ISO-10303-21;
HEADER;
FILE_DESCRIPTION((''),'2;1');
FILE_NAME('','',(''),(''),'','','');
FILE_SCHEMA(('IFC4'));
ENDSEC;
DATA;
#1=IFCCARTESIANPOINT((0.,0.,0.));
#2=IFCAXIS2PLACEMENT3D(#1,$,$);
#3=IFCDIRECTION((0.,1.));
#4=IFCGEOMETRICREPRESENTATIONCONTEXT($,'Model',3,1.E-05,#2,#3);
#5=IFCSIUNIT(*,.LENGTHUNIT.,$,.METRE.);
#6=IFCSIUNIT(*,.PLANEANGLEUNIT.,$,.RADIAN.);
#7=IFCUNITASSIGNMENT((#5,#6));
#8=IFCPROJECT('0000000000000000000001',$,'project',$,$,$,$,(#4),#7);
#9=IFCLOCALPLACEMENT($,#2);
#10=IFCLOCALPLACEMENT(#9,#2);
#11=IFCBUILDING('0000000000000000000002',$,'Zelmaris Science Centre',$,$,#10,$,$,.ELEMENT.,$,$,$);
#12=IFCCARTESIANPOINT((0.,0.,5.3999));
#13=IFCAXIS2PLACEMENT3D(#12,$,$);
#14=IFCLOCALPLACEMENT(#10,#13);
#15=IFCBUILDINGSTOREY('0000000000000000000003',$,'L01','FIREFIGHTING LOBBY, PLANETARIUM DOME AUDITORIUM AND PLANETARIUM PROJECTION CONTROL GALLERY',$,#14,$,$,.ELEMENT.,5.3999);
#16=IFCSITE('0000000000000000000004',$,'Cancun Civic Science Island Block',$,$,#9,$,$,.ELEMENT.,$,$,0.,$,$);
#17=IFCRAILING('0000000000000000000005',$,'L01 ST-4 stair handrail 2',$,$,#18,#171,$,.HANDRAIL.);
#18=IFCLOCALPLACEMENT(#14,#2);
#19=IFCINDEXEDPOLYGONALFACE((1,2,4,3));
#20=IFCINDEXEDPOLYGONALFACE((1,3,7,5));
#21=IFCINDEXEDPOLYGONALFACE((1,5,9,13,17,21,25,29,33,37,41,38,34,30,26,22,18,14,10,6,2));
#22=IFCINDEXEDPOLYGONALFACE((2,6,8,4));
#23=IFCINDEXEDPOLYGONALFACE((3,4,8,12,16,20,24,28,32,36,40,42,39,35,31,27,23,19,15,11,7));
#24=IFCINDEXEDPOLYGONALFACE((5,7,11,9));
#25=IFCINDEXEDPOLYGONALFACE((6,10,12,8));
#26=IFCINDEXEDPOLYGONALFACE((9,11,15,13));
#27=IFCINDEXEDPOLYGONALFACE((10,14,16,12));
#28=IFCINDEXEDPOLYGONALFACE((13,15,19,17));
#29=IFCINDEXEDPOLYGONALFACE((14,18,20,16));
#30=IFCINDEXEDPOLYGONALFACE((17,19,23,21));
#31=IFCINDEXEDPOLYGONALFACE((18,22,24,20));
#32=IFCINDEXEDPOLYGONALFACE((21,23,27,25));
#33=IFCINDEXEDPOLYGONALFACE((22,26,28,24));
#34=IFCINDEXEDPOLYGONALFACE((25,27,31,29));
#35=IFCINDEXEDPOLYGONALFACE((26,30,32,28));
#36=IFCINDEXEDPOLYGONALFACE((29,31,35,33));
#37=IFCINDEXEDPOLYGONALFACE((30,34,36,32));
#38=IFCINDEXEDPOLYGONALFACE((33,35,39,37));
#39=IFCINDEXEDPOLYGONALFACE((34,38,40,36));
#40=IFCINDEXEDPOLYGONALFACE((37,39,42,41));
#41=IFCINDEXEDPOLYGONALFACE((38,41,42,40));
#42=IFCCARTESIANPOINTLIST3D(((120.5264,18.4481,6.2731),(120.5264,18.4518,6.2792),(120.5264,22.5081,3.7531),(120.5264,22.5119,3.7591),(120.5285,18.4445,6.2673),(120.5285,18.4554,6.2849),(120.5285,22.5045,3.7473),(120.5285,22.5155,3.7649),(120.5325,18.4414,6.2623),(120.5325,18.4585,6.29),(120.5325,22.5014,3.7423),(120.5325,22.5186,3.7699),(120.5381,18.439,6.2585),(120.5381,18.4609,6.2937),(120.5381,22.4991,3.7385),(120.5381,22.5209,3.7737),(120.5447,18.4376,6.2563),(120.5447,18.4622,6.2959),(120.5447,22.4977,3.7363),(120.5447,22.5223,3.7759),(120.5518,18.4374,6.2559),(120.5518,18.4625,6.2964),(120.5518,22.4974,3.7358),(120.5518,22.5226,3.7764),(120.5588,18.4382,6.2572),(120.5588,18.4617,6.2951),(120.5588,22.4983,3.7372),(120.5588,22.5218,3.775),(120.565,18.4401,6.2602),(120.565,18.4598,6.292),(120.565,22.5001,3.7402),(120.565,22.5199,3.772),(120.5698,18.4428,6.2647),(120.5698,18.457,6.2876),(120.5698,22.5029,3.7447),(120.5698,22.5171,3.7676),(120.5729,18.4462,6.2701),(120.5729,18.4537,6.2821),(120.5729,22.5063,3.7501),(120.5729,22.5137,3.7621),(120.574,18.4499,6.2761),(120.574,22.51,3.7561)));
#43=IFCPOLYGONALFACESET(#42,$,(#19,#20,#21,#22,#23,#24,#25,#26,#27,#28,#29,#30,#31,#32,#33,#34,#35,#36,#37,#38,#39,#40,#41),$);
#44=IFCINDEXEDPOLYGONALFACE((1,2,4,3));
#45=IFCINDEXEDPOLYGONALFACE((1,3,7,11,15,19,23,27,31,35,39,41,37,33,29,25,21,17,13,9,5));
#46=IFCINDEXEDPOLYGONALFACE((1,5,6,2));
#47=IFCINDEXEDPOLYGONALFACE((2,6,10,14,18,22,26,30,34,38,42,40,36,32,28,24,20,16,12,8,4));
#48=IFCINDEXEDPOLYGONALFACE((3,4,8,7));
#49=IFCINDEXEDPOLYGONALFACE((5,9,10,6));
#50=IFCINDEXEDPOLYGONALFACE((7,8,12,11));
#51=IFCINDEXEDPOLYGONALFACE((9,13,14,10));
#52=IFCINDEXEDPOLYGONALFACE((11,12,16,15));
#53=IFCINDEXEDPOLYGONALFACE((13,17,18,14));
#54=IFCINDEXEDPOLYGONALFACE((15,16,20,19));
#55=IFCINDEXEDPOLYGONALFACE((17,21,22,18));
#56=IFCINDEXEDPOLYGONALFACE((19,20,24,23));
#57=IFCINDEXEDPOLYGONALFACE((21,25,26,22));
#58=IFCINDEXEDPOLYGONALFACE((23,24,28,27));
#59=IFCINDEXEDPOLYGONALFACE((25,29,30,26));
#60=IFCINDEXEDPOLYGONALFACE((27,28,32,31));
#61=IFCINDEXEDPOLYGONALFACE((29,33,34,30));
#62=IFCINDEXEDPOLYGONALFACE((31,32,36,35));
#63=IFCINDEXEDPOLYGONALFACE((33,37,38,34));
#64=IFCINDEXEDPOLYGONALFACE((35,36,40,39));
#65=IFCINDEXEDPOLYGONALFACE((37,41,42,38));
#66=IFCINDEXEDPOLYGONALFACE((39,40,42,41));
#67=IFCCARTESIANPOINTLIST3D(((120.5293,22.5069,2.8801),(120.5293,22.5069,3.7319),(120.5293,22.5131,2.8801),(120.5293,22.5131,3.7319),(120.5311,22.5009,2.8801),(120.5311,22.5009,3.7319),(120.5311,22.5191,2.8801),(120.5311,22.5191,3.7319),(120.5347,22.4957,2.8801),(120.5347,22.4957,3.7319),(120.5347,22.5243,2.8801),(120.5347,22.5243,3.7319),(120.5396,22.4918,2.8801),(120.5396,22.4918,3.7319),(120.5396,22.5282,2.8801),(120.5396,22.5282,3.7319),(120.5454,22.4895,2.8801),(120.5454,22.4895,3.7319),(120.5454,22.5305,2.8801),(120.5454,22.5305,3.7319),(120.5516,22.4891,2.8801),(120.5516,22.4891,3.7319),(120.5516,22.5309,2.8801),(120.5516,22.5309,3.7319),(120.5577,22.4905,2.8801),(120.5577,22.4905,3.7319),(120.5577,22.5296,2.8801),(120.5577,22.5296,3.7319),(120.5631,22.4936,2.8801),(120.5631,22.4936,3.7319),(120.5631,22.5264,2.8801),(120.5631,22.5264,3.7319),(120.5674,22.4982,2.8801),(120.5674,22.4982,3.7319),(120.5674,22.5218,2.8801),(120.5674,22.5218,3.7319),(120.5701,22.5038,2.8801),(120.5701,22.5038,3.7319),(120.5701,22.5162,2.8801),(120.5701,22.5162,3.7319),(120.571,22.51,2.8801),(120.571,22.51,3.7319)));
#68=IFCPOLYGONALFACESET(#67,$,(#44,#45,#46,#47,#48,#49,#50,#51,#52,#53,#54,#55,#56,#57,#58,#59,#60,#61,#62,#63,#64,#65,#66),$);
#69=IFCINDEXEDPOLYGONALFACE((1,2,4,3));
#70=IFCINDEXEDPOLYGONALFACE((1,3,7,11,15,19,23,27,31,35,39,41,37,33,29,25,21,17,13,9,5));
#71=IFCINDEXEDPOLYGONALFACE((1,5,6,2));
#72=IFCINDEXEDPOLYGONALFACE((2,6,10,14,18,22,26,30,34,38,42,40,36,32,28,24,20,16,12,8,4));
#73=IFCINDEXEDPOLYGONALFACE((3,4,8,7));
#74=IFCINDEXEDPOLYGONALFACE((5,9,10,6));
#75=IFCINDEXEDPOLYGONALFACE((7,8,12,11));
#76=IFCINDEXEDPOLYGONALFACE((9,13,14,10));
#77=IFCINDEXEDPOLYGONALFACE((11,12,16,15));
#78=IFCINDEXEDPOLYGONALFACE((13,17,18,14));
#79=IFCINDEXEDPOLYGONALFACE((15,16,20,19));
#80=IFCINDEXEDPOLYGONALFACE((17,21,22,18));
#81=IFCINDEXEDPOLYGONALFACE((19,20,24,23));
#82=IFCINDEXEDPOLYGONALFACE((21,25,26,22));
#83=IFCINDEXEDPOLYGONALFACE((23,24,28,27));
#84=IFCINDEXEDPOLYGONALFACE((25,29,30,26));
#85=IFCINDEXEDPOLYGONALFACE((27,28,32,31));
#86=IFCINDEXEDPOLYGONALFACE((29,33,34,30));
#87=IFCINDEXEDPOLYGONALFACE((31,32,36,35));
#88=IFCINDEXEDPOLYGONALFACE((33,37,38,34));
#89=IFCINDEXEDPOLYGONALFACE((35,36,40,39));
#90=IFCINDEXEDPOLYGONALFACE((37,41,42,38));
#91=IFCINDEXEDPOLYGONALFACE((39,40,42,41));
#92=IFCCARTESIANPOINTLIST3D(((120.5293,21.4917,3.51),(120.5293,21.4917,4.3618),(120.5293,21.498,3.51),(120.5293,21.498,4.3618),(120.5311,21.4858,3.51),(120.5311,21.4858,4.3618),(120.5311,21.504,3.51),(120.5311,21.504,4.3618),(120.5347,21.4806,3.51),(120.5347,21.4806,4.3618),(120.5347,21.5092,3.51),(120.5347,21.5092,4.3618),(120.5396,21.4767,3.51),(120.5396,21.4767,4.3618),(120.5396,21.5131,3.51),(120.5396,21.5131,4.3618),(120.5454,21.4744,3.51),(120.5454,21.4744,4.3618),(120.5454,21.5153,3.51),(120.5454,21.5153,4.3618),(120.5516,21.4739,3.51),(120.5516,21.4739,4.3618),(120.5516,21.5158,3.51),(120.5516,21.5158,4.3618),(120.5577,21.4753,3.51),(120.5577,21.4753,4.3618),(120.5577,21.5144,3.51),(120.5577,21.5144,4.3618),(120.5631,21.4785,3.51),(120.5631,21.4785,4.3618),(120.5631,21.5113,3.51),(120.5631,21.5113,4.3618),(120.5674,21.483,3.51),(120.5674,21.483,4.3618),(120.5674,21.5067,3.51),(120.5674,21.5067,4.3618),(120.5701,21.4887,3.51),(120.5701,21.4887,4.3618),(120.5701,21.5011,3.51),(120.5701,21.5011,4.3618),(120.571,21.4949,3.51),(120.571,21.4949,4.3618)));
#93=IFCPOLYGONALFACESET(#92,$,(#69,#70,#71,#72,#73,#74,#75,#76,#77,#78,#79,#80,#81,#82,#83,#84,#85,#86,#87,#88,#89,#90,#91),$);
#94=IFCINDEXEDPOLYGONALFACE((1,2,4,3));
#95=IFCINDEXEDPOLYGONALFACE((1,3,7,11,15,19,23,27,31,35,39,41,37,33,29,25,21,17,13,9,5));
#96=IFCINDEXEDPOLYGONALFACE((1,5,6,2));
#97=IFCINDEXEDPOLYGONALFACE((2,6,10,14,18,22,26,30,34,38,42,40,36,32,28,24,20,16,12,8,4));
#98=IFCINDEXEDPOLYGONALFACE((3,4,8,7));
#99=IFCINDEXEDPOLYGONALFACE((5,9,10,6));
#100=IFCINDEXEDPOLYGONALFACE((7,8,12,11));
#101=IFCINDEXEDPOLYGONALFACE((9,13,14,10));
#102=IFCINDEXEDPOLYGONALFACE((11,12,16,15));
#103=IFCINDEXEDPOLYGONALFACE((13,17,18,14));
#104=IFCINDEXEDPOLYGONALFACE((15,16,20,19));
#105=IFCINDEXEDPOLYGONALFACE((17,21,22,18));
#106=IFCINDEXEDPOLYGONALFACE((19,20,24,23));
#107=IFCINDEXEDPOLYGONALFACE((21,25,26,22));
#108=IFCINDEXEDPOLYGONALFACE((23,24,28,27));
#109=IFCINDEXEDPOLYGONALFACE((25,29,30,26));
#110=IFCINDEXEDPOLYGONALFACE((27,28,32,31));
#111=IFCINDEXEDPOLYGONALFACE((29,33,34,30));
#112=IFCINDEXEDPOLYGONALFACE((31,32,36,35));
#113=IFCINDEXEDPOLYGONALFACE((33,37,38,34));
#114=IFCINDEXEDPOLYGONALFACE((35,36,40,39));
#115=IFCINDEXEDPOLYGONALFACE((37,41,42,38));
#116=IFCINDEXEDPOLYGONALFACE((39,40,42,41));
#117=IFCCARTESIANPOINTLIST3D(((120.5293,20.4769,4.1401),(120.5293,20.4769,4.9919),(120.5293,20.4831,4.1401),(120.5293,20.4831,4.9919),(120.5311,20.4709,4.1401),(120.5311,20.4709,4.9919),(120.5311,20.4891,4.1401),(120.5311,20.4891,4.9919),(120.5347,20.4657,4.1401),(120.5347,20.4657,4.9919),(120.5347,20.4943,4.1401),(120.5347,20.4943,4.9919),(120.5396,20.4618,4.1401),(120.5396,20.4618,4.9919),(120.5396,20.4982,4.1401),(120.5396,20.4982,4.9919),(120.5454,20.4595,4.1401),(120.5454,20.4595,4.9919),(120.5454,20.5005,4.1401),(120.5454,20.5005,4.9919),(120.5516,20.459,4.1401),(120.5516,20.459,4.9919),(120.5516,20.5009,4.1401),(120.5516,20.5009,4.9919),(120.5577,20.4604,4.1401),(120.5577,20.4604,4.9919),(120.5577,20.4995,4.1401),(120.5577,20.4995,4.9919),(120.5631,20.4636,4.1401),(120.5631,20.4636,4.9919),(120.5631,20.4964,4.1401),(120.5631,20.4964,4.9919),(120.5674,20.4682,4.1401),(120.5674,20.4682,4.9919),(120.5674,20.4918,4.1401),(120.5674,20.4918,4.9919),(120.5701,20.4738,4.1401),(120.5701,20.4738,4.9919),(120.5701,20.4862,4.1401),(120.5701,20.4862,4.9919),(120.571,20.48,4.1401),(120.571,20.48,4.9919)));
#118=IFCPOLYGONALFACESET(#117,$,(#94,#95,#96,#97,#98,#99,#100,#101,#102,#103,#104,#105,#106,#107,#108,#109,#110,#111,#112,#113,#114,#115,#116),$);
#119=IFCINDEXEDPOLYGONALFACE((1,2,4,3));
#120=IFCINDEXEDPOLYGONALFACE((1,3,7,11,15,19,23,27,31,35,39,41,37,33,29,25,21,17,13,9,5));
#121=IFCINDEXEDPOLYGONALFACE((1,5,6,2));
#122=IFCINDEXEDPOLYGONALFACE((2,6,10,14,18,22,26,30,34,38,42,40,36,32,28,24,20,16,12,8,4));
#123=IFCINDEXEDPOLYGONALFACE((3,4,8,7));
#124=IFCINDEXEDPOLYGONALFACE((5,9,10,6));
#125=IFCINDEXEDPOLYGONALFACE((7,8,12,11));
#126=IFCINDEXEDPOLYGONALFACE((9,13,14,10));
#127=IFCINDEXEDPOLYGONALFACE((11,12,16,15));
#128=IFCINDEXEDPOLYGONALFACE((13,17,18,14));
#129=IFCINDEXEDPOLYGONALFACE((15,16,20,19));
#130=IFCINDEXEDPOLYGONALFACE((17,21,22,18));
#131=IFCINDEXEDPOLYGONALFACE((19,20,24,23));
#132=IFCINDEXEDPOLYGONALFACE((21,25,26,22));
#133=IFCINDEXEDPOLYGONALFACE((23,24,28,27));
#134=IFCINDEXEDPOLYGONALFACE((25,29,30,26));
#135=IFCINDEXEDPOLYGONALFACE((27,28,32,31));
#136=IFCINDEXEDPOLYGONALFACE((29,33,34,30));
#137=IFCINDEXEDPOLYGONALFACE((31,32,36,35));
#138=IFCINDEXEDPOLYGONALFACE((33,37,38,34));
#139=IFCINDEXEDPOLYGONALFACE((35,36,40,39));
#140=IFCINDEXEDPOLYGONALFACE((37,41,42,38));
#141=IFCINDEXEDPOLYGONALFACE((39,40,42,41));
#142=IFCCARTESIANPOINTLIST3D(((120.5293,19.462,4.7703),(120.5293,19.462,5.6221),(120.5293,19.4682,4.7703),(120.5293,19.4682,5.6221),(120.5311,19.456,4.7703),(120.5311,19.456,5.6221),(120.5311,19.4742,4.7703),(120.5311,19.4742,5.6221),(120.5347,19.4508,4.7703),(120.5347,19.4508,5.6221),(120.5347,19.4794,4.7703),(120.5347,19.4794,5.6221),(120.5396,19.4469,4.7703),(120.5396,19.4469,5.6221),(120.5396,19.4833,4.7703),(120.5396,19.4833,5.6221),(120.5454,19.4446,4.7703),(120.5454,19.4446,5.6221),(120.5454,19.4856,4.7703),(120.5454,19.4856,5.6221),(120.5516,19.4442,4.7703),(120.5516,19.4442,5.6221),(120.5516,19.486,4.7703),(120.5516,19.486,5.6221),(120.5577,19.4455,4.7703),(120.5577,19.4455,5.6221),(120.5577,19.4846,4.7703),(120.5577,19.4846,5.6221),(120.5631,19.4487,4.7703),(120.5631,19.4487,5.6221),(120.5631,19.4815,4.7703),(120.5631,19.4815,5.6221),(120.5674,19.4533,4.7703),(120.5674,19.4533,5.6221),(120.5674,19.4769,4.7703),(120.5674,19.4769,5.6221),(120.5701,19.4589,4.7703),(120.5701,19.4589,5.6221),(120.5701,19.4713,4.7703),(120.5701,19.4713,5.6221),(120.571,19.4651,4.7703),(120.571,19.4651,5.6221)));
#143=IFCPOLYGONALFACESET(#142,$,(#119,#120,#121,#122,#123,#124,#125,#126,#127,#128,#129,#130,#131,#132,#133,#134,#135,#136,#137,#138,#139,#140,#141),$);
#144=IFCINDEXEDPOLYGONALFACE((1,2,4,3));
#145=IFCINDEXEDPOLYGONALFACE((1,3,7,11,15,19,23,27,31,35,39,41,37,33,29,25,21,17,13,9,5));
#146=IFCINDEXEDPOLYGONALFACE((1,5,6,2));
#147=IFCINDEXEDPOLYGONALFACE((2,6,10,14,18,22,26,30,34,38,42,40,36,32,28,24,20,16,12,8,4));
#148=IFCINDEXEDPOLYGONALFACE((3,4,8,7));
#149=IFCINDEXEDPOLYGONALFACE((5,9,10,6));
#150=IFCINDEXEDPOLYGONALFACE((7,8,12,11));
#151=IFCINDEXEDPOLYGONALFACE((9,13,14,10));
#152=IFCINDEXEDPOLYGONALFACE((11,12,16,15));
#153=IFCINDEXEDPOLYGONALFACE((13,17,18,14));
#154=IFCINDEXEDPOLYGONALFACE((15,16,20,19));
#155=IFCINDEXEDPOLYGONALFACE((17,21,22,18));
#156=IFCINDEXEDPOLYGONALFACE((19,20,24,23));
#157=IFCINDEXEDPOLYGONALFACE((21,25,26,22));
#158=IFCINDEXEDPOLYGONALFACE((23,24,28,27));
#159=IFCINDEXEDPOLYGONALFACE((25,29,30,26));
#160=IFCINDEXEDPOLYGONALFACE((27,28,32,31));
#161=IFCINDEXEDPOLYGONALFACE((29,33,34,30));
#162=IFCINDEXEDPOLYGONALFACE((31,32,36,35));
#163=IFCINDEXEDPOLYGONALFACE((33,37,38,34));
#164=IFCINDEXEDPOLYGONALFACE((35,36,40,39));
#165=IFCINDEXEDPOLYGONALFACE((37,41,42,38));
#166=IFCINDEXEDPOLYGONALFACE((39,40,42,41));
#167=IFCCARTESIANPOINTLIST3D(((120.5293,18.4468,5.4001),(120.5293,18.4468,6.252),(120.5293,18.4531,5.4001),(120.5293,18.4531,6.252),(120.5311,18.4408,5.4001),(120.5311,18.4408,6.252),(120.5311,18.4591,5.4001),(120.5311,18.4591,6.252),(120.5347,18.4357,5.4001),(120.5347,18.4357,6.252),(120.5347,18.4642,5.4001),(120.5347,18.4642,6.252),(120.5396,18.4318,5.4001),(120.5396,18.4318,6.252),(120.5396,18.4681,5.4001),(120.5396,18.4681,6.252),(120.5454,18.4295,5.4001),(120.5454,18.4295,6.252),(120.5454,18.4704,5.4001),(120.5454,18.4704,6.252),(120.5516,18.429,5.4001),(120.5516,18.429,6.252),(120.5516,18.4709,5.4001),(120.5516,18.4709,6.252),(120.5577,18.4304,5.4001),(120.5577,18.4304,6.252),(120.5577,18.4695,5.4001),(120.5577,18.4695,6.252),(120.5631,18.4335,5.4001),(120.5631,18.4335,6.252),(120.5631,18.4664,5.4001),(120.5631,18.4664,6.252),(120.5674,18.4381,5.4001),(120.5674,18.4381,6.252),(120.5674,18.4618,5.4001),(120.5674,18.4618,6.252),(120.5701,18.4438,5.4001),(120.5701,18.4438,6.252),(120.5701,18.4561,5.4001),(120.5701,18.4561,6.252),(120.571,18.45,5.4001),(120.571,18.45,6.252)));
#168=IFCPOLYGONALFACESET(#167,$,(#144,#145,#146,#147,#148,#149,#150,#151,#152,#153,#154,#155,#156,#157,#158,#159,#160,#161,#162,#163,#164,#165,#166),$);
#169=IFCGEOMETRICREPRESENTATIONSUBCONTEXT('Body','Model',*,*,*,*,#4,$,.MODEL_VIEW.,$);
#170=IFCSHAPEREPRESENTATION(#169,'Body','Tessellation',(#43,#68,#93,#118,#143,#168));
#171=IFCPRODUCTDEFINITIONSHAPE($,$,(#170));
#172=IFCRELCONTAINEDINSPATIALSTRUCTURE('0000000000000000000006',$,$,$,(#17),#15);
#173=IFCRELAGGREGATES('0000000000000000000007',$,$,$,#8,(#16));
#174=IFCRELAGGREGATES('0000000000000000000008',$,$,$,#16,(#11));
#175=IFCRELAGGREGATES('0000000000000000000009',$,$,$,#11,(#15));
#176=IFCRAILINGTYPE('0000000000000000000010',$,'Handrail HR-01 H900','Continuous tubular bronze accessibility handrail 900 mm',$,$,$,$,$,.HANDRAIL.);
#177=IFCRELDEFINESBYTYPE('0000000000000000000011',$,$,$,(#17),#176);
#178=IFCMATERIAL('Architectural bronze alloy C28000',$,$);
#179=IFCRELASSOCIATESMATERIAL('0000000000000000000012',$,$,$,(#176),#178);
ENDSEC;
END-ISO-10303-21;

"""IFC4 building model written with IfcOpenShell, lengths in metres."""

from ifc_helpers import new_model, si_unit, direction, frame, origin, origin_2d, place, context, subcontext, project, spatial, circle, extrude, material, type_object, element, save


model = new_model("IFC4")

# Units and contexts
model_context = context("Model", 3, precision=1e-05, world=origin(), true_north=direction((0.0, 1.0)))
body_context = subcontext(model_context, "Body", "Model", "MODEL_VIEW")
ifc_project = project(units=[si_unit("LENGTHUNIT", "METRE"), si_unit("PLANEANGLEUNIT", "RADIAN")], contexts=[model_context])

# Site, building, storey
site_placement = place(None, origin())
site = spatial("IfcSite", under=ifc_project, at=site_placement, Name="Cancun Civic Science Island Block", CompositionType="ELEMENT", RefElevation=0.0)
building_placement = place(site_placement, origin())
building = spatial("IfcBuilding", under=site, at=building_placement, Name="Zelmaris Science Centre", CompositionType="ELEMENT")
storey_placement = place(building_placement, frame((0.0, 0.0, 5.3999)))
storey = spatial("IfcBuildingStorey", under=building, at=storey_placement, Name="L01", Description="FIREFIGHTING LOBBY, PLANETARIUM DOME AUDITORIUM AND PLANETARIUM PROJECTION CONTROL GALLERY", CompositionType="ELEMENT", Elevation=5.3999)

# Railing
ifc_material_1 = material(Name="Architectural bronze alloy C28000")
railing_type_1 = type_object("IfcRailingType", Name="Handrail HR-01 H900", Description="Continuous tubular bronze accessibility handrail 900 mm", PredefinedType="HANDRAIL", material=ifc_material_1)
railing_1_placement = place(storey_placement, frame((120.55, 22.51, 2.8801)))
element("IfcRailing", 1, at=railing_1_placement, inside=storey, type_object=railing_type_1, Name="L01 ST-4 stair handrail 2", PredefinedType="HANDRAIL", context=body_context, shape_type="SweptSolid", body=[
    extrude(circle(Radius=0.0239, at=origin_2d()), frame((0.0, 0.0, 0.876), z_axis=(0.0, -0.849642, 0.52736), x_axis=(1.0, 0.0, 0.0)), (0.0, 0.0, 1.0), 4.7786),
    extrude(circle(Radius=0.021, at=origin_2d()), origin(), (0.0, 0.0, 1.0), 0.8518),
    extrude(circle(Radius=0.021, at=origin_2d()), frame((0.0, -1.0151, 0.6299)), (0.0, 0.0, 1.0), 0.8518),
    extrude(circle(Radius=0.021, at=origin_2d()), frame((0.0, -2.03, 1.26)), (0.0, 0.0, 1.0), 0.8518),
    extrude(circle(Radius=0.021, at=origin_2d()), frame((0.0, -3.0449, 1.8901)), (0.0, 0.0, 1.0), 0.8518),
    extrude(circle(Radius=0.021, at=origin_2d()), frame((0.0, -4.0601, 2.52)), (0.0, 0.0, 1.0), 0.8518),
])

save(model, "model.ifc")
